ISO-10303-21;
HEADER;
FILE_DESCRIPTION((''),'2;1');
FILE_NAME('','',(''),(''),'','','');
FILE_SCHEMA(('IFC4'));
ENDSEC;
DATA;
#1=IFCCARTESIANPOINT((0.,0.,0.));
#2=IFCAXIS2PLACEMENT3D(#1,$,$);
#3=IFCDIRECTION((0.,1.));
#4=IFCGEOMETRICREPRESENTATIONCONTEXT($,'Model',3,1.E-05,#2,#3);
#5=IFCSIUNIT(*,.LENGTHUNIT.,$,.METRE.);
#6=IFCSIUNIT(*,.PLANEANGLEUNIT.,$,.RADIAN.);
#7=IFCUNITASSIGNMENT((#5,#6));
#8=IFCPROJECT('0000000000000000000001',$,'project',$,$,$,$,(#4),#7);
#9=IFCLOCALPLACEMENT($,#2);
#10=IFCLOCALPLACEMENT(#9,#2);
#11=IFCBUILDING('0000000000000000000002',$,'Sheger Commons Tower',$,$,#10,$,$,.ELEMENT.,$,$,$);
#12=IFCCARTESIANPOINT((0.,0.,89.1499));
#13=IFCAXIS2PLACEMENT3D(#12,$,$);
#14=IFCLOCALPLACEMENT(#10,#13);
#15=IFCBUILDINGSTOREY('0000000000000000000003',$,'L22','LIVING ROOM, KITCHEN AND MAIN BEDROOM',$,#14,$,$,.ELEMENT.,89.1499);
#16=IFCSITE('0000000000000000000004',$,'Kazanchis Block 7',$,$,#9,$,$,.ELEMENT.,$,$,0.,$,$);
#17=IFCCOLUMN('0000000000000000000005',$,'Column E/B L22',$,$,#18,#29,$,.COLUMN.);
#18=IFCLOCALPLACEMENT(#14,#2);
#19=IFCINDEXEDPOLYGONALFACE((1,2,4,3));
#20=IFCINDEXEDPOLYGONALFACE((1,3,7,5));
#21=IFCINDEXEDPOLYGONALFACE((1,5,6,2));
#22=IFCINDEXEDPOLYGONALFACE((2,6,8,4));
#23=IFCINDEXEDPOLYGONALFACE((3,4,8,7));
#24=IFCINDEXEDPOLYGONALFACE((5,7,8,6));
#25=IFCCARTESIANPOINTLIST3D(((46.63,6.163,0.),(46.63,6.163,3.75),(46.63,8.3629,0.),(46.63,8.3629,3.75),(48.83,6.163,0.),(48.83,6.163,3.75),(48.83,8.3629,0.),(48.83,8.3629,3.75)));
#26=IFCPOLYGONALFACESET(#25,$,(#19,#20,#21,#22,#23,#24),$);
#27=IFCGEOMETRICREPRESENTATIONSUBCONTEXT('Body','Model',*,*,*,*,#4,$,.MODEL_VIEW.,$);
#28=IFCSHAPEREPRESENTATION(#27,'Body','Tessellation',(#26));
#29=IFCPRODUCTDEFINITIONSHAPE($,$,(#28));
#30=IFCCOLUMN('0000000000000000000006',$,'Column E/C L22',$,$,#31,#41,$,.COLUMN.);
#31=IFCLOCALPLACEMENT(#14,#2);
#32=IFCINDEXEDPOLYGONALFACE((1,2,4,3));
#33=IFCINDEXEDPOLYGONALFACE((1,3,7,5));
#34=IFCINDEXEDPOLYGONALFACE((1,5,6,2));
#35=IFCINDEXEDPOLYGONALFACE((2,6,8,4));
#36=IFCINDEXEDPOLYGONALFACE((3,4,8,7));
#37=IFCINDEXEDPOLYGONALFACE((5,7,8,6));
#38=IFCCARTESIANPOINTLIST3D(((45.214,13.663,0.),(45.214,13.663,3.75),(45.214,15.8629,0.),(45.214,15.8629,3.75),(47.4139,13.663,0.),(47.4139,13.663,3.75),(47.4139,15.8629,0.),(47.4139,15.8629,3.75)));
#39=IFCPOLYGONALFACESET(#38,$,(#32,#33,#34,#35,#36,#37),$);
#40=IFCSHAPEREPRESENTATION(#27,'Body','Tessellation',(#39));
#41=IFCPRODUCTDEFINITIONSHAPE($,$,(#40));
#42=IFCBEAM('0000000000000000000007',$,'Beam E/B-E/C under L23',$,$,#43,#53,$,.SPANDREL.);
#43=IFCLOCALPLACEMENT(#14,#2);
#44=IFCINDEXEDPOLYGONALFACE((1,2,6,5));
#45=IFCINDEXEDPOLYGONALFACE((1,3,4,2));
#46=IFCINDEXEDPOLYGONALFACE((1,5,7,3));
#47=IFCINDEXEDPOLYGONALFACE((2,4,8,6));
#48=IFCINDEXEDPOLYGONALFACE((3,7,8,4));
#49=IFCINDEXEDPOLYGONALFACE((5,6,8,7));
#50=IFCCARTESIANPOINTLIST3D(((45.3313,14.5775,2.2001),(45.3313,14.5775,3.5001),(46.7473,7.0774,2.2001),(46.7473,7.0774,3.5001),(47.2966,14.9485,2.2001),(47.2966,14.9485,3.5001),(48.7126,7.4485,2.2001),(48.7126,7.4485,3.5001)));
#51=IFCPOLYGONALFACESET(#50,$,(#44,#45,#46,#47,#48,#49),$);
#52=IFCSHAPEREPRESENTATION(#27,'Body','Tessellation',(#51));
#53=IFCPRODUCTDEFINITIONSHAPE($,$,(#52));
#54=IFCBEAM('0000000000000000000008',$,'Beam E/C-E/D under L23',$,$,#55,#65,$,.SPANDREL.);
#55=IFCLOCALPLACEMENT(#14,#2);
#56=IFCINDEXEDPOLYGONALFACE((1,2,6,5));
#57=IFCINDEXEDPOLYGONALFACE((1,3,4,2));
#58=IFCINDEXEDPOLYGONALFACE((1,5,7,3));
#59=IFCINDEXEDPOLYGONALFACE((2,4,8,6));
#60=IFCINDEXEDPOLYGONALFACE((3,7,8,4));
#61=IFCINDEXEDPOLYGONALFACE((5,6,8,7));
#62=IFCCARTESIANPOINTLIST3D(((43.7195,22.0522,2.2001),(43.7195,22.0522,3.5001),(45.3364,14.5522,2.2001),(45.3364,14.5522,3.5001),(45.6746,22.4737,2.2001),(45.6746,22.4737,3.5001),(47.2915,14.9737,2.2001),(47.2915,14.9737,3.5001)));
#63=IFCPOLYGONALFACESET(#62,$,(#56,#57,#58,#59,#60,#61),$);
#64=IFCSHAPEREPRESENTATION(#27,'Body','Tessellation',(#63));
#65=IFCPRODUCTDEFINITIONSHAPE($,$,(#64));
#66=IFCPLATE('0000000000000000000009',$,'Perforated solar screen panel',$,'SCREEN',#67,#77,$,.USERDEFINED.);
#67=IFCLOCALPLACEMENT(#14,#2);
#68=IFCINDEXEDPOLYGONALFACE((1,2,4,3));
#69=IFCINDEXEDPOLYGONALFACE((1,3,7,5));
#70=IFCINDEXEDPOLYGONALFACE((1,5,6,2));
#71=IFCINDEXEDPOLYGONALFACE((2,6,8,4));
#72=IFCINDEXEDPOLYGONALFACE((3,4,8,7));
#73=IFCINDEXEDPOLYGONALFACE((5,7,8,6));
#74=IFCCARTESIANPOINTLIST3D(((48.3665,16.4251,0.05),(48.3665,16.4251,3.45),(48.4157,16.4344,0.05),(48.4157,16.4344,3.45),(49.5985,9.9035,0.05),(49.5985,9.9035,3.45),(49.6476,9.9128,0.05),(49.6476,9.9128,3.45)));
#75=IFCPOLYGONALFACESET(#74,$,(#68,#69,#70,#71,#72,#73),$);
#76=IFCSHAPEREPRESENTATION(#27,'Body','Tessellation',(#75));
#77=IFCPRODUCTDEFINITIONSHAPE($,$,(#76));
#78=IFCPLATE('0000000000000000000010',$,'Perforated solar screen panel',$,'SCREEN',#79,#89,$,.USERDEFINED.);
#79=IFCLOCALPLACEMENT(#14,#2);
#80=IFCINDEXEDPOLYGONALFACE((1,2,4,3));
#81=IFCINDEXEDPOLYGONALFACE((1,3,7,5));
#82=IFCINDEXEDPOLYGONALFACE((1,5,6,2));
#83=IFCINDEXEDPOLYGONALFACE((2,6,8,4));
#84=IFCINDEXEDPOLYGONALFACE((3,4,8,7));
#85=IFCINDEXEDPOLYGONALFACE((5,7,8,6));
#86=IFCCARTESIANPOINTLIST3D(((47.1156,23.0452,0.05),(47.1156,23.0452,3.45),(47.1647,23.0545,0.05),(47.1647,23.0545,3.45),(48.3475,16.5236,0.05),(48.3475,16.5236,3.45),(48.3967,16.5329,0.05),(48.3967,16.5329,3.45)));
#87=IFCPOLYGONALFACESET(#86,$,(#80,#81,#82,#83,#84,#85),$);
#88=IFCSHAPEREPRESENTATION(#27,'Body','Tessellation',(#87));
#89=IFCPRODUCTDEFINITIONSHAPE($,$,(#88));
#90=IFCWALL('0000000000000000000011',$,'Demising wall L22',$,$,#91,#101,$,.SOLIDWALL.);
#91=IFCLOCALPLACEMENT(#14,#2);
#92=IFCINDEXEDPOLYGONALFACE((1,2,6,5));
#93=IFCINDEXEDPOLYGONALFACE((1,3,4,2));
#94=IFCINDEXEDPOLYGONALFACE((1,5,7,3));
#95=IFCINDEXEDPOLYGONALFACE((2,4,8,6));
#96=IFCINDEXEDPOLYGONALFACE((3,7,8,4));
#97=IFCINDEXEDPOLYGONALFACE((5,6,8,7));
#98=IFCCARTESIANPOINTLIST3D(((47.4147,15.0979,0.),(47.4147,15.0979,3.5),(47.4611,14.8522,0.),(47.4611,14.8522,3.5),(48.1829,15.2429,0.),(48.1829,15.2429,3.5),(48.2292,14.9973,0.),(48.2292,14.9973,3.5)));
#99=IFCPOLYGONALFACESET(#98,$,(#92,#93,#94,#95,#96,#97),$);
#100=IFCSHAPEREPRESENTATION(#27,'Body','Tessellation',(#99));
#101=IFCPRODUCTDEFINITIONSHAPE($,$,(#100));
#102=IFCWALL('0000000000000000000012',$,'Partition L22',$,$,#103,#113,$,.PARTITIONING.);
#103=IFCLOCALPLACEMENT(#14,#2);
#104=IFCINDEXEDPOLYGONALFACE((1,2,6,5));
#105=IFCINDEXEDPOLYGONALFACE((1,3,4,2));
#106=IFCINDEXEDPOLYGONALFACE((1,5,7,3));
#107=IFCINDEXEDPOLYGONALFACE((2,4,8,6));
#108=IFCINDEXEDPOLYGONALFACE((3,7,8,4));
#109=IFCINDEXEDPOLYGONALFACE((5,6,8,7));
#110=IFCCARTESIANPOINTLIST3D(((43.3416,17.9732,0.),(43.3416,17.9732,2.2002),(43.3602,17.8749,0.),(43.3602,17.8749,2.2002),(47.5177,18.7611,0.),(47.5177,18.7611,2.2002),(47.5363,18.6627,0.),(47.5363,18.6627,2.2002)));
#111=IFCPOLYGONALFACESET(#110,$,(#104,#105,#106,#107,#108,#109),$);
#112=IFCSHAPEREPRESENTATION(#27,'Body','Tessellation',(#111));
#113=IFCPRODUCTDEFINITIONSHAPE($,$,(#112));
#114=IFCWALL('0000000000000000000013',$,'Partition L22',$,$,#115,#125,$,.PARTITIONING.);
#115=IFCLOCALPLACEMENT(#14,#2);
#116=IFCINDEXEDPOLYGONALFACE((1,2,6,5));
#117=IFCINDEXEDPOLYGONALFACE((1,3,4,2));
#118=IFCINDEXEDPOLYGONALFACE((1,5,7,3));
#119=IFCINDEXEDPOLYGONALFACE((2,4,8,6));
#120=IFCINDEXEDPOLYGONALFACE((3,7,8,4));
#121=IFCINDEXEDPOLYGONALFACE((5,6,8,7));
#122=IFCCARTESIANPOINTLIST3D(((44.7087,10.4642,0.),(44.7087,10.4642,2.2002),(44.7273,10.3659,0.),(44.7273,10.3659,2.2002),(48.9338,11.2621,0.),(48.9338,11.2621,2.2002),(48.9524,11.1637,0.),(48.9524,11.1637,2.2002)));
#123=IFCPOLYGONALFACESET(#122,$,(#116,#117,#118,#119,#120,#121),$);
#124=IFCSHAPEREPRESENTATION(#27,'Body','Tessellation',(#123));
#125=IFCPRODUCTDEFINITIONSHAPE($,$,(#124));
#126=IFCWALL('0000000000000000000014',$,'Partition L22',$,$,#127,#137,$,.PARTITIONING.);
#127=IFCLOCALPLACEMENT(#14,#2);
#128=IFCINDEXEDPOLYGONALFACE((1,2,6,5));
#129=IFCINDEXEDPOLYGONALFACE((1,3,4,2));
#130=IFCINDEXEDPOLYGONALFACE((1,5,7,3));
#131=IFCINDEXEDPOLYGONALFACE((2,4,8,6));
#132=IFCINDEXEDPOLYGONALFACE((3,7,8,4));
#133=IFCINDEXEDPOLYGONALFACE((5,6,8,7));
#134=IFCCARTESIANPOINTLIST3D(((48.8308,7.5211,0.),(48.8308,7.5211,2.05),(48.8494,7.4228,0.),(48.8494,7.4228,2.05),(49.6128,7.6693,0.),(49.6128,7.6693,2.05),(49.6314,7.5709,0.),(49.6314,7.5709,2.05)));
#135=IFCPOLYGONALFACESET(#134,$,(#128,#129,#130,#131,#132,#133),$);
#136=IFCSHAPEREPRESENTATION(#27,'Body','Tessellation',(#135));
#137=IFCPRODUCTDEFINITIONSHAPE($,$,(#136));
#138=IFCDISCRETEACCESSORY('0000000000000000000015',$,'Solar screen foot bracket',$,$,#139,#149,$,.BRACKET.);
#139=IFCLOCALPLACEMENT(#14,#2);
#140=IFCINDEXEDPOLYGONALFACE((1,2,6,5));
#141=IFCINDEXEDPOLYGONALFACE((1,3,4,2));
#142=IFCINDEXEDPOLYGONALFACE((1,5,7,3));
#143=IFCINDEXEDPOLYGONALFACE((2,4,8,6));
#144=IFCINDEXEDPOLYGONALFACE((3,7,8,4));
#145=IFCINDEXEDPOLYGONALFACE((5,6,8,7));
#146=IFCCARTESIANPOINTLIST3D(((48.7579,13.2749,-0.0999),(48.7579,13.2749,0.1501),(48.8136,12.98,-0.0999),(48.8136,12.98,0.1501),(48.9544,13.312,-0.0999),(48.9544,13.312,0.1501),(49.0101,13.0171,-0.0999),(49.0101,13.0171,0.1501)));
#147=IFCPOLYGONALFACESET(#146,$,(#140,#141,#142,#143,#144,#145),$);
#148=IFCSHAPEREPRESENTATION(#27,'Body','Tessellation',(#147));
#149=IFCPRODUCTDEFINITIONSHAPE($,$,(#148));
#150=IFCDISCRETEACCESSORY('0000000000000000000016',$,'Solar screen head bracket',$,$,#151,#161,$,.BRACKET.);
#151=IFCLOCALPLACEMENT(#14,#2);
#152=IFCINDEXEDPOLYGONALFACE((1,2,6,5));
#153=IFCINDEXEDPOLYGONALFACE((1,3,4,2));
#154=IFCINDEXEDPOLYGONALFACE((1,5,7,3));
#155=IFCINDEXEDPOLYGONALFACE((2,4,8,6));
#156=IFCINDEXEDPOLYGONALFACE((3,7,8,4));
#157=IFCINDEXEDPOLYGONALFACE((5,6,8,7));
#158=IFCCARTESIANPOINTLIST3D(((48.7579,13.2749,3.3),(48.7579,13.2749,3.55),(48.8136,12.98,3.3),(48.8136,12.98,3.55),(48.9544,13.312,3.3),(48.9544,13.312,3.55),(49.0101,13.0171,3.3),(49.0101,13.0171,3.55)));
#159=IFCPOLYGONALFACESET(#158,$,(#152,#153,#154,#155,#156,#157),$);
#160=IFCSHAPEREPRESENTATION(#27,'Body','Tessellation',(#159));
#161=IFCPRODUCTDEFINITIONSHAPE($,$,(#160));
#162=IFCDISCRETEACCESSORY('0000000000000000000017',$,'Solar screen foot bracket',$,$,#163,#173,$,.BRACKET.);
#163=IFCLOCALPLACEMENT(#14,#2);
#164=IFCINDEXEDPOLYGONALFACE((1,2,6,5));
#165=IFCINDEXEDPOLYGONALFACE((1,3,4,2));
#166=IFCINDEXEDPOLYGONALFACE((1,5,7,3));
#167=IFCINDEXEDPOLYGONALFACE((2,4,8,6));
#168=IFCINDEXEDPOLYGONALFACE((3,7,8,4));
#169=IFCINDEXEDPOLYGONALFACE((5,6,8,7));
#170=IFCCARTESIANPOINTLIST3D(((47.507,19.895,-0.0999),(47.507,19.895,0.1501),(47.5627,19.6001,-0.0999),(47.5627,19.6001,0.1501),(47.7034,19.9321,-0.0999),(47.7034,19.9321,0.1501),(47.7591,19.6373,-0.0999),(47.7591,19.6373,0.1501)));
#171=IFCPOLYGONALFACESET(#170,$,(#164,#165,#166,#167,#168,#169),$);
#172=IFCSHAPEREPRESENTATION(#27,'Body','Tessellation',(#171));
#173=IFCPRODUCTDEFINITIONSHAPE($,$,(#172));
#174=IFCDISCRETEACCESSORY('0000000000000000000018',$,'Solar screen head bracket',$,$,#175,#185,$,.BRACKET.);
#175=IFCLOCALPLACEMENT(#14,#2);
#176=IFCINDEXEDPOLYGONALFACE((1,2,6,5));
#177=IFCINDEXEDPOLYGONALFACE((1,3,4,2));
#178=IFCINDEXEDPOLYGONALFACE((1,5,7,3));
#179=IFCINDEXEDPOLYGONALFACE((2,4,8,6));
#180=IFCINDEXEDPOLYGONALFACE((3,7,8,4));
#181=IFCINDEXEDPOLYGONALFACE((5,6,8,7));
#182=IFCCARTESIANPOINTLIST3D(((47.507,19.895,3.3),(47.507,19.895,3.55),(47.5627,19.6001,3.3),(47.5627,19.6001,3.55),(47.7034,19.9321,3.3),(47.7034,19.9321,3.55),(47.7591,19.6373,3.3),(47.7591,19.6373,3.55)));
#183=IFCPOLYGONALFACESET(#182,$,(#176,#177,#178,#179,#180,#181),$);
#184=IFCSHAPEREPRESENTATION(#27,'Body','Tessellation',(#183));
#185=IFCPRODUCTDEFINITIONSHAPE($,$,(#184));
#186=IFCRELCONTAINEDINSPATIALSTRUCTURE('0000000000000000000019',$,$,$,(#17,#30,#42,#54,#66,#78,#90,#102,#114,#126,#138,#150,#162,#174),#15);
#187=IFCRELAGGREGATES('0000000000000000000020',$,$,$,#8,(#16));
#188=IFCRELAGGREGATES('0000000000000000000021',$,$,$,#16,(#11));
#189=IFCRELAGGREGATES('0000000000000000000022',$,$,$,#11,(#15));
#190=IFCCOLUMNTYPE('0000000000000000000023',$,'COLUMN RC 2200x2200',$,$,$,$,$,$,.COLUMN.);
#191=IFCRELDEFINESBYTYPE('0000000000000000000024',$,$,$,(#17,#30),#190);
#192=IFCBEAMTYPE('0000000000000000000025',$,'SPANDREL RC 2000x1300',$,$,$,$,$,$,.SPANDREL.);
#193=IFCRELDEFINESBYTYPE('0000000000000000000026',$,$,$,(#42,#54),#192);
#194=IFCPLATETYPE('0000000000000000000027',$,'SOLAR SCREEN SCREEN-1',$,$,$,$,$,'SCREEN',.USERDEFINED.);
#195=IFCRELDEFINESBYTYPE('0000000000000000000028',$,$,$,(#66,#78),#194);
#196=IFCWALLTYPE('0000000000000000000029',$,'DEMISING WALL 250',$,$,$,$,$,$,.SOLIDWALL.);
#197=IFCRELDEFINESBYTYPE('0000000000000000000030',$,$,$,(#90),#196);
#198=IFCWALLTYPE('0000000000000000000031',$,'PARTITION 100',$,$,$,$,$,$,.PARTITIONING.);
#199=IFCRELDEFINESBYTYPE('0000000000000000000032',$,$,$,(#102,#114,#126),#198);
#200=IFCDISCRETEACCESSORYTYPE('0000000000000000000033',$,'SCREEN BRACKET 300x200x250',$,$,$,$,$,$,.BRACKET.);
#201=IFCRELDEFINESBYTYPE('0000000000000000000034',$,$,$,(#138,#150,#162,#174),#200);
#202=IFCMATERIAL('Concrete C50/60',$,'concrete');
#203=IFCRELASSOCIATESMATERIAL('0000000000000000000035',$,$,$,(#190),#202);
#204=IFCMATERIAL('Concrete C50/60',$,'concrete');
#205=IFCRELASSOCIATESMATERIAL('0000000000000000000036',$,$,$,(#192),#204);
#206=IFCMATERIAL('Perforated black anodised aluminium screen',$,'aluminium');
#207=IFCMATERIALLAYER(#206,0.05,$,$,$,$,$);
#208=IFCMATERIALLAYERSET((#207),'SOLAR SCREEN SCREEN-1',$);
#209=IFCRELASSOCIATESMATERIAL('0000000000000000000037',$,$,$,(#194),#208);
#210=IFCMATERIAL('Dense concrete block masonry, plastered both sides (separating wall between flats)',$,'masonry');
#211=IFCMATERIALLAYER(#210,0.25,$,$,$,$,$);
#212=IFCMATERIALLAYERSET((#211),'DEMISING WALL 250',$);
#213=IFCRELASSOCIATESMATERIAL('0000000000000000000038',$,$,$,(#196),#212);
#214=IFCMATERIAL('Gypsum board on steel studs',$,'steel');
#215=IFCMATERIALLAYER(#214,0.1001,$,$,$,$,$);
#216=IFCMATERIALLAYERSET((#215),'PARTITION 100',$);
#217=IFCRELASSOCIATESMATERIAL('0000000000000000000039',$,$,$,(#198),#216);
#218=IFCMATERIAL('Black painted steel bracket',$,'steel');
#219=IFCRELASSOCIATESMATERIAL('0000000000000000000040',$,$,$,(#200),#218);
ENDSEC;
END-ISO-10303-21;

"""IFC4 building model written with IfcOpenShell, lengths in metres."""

from ifc_helpers import new_model, si_unit, direction, frame, frame_2d, origin, origin_2d, place, context, subcontext, project, spatial, rectangle, extrude, material, layer, layer_set, material_profile, profile_set, type_object, element, save


model = new_model("IFC4")

# Units and contexts
model_context = context("Model", 3, precision=1e-05, world=origin(), true_north=direction((0.0, 1.0)))
body_context = subcontext(model_context, "Body", "Model", "MODEL_VIEW")
ifc_project = project(units=[si_unit("LENGTHUNIT", "METRE"), si_unit("PLANEANGLEUNIT", "RADIAN")], contexts=[model_context])

# Site, building, storey
site_placement = place(None, origin())
site = spatial("IfcSite", under=ifc_project, at=site_placement, Name="Kazanchis Block 7", CompositionType="ELEMENT", RefElevation=0.0)
building_placement = place(site_placement, origin())
building = spatial("IfcBuilding", under=site, at=building_placement, Name="Sheger Commons Tower", CompositionType="ELEMENT")
storey_placement = place(building_placement, frame((0.0, 0.0, 89.1499)))
storey = spatial("IfcBuildingStorey", under=building, at=storey_placement, Name="L22", Description="LIVING ROOM, KITCHEN AND MAIN BEDROOM", CompositionType="ELEMENT", Elevation=89.1499)

# Columns
ifc_material_1 = material(Name="Concrete C50/60", Category="concrete")
ifc_material_profile_1 = material_profile(ifc_material_1, rectangle(XDim=2.2, YDim=2.2, at=origin_2d()), Name="RC 2200x2200")
ifc_profile_set_1 = profile_set([ifc_material_profile_1], Name="Concrete C50/60")
column_type = type_object("IfcColumnType", Name="COLUMN RC 2200x2200", PredefinedType="COLUMN", material=ifc_profile_set_1)
for number, where, z_axis, x_axis, name in (
    (1, (47.73, 7.2629, 0.0), (0.0, 0.0, 1.0), (1.0, 0.0, 0.0), "Column E/B L22"),
    (2, (46.314, 14.7629, 0.0), (0.0, 0.0, 1.0), (1.0, 0.0, 0.0), "Column E/C L22"),
):
    element("IfcColumn", number, at=place(storey_placement, frame(where, z_axis=z_axis, x_axis=x_axis)), inside=storey, type_object=column_type, Name=name, PredefinedType="COLUMN", context=body_context, shape_type="SweptSolid", body=[
        extrude(rectangle(XDim=2.2, YDim=2.2, at=origin_2d()), origin(), (0.0, 0.0, 1.0), 3.75),
    ])

# Beams
ifc_material_2 = material(Name="Concrete C50/60", Category="concrete")
ifc_material_profile_2 = material_profile(ifc_material_2, rectangle(XDim=2.0, YDim=1.3, at=origin_2d()), Name="RC 2000x1300")
ifc_profile_set_2 = profile_set([ifc_material_profile_2], Name="Concrete C50/60")
beam_type = type_object("IfcBeamType", Name="SPANDREL RC 2000x1300", PredefinedType="SPANDREL", material=ifc_profile_set_2)
beam_1_placement = place(storey_placement, frame((47.73, 7.2629, 2.8501), z_axis=(-0.185524, 0.98264, 0.0), x_axis=(-0.98264, -0.185524, 0.0)))
element("IfcBeam", 3, at=beam_1_placement, inside=storey, type_object=beam_type, Name="Beam E/B-E/C under L23", PredefinedType="SPANDREL", context=body_context, shape_type="SweptSolid", body=[
    extrude(rectangle(XDim=2.0, YDim=1.3, at=origin_2d()), origin(), (0.0, 0.0, 1.0), 7.6326),
])
beam_2_placement = place(storey_placement, frame((46.314, 14.7629, 2.8501), z_axis=(-0.21075, 0.97754, 0.0), x_axis=(-0.97754, -0.21075, 0.0)))
element("IfcBeam", 4, at=beam_2_placement, inside=storey, type_object=beam_type, Name="Beam E/C-E/D under L23", PredefinedType="SPANDREL", context=body_context, shape_type="SweptSolid", body=[
    extrude(rectangle(XDim=2.0, YDim=1.3, at=origin_2d()), origin(), (0.0, 0.0, 1.0), 7.6724),
])

# Plates
ifc_material_3 = material(Name="Perforated black anodised aluminium screen", Category="aluminium")
ifc_layer_1 = layer(ifc_material_3, 0.05)
ifc_layer_set_1 = layer_set([ifc_layer_1], Name="SOLAR SCREEN SCREEN-1")
plate_type = type_object("IfcPlateType", Name="SOLAR SCREEN SCREEN-1", ElementType="SCREEN", PredefinedType="USERDEFINED", material=ifc_layer_set_1)
for number, where, z_axis, x_axis, name in (
    (5, (49.0071, 13.1689, 0.05), (0.0, 0.0, 1.0), (-0.185615, 0.982623, 0.0), "Perforated solar screen panel"),
    (6, (47.7561, 19.7891, 0.05), (0.0, 0.0, 1.0), (-0.185615, 0.982623, 0.0), "Perforated solar screen panel"),
):
    element("IfcPlate", number, at=place(storey_placement, frame(where, z_axis=z_axis, x_axis=x_axis)), inside=storey, type_object=plate_type, Name=name, ObjectType="SCREEN", PredefinedType="USERDEFINED", context=body_context, shape_type="SweptSolid", body=[
        extrude(rectangle(XDim=6.637, YDim=0.05, at=origin_2d()), origin(), (0.0, 0.0, 1.0), 3.3999),
    ])

# Walls
ifc_material_4 = material(Name="Dense concrete block masonry, plastered both sides (separating wall between flats)", Category="masonry")
ifc_layer_2 = layer(ifc_material_4, 0.25)
ifc_layer_set_2 = layer_set([ifc_layer_2], Name="DEMISING WALL 250")
wall_type_1 = type_object("IfcWallType", Name="DEMISING WALL 250", PredefinedType="SOLIDWALL", material=ifc_layer_set_2)
wall_1_placement = place(storey_placement, frame((48.2061, 15.1201, 0.0), z_axis=(0.0, 0.0, 1.0), x_axis=(-0.982638, -0.185533, 0.0)))
element("IfcWall", 7, at=wall_1_placement, inside=storey, type_object=wall_type_1, Name="Demising wall L22", PredefinedType="SOLIDWALL", context=body_context, shape_type="SweptSolid", body=[
    extrude(rectangle(XDim=0.7817, YDim=0.25, at=frame_2d((0.3909, 0.0))), origin(), (0.0, 0.0, 1.0), 3.5),
])
ifc_material_5 = material(Name="Gypsum board on steel studs", Category="steel")
ifc_layer_3 = layer(ifc_material_5, 0.1001)
ifc_layer_set_3 = layer_set([ifc_layer_3], Name="PARTITION 100")
wall_type_2 = type_object("IfcWallType", Name="PARTITION 100", PredefinedType="PARTITIONING", material=ifc_layer_set_3)
wall_2_placement = place(storey_placement, frame((47.5271, 18.7119, 0.0), z_axis=(0.0, 0.0, 1.0), x_axis=(-0.982665, -0.185388, 0.0)))
element("IfcWall", 8, at=wall_2_placement, inside=storey, type_object=wall_type_2, Name="Partition L22", PredefinedType="PARTITIONING", context=body_context, shape_type="SweptSolid", body=[
    extrude(rectangle(XDim=4.2498, YDim=0.1001, at=frame_2d((2.125, 0.0))), origin(), (0.0, 0.0, 1.0), 2.2002),
])
wall_3_placement = place(storey_placement, frame((48.9431, 11.2129, 0.0), z_axis=(0.0, 0.0, 1.0), x_axis=(-0.982634, -0.185557, 0.0)))
element("IfcWall", 9, at=wall_3_placement, inside=storey, type_object=wall_type_2, Name="Partition L22", PredefinedType="PARTITIONING", context=body_context, shape_type="SweptSolid", body=[
    extrude(rectangle(XDim=4.2998, YDim=0.1001, at=frame_2d((2.1499, 0.0))), origin(), (0.0, 0.0, 1.0), 2.2002),
])
wall_4_placement = place(storey_placement, frame((49.6221, 7.6201, 0.0), z_axis=(0.0, 0.0, 1.0), x_axis=(-0.982513, -0.186196, 0.0)))
element("IfcWall", 10, at=wall_4_placement, inside=storey, type_object=wall_type_2, Name="Partition L22", PredefinedType="PARTITIONING", context=body_context, shape_type="SweptSolid", body=[
    extrude(rectangle(XDim=0.7959, YDim=0.1001, at=frame_2d((0.3979, 0.0))), origin(), (0.0, 0.0, 1.0), 2.05),
])

# Discrete accessories
ifc_material_6 = material(Name="Black painted steel bracket", Category="steel")
discrete_accessory_type = type_object("IfcDiscreteAccessoryType", Name="SCREEN BRACKET 300x200x250", PredefinedType="BRACKET", material=ifc_material_6)
for number, where, z_axis, x_axis, name in (
    (11, (48.884, 13.146, -0.0999), (0.0, 0.0, 1.0), (-0.185615, 0.982623, 0.0), "Solar screen foot bracket"),
    (12, (48.884, 13.146, 3.3), (0.0, 0.0, 1.0), (-0.185615, 0.982623, 0.0), "Solar screen head bracket"),
    (13, (47.6331, 19.7661, -0.0999), (0.0, 0.0, 1.0), (-0.185615, 0.982623, 0.0), "Solar screen foot bracket"),
    (14, (47.6331, 19.7661, 3.3), (0.0, 0.0, 1.0), (-0.185615, 0.982623, 0.0), "Solar screen head bracket"),
):
    element("IfcDiscreteAccessory", number, at=place(storey_placement, frame(where, z_axis=z_axis, x_axis=x_axis)), inside=storey, type_object=discrete_accessory_type, Name=name, PredefinedType="BRACKET", context=body_context, shape_type="SweptSolid", body=[
        extrude(rectangle(XDim=0.3, YDim=0.2, at=origin_2d()), origin(), (0.0, 0.0, 1.0), 0.25),
    ])

save(model, "model.ifc")
